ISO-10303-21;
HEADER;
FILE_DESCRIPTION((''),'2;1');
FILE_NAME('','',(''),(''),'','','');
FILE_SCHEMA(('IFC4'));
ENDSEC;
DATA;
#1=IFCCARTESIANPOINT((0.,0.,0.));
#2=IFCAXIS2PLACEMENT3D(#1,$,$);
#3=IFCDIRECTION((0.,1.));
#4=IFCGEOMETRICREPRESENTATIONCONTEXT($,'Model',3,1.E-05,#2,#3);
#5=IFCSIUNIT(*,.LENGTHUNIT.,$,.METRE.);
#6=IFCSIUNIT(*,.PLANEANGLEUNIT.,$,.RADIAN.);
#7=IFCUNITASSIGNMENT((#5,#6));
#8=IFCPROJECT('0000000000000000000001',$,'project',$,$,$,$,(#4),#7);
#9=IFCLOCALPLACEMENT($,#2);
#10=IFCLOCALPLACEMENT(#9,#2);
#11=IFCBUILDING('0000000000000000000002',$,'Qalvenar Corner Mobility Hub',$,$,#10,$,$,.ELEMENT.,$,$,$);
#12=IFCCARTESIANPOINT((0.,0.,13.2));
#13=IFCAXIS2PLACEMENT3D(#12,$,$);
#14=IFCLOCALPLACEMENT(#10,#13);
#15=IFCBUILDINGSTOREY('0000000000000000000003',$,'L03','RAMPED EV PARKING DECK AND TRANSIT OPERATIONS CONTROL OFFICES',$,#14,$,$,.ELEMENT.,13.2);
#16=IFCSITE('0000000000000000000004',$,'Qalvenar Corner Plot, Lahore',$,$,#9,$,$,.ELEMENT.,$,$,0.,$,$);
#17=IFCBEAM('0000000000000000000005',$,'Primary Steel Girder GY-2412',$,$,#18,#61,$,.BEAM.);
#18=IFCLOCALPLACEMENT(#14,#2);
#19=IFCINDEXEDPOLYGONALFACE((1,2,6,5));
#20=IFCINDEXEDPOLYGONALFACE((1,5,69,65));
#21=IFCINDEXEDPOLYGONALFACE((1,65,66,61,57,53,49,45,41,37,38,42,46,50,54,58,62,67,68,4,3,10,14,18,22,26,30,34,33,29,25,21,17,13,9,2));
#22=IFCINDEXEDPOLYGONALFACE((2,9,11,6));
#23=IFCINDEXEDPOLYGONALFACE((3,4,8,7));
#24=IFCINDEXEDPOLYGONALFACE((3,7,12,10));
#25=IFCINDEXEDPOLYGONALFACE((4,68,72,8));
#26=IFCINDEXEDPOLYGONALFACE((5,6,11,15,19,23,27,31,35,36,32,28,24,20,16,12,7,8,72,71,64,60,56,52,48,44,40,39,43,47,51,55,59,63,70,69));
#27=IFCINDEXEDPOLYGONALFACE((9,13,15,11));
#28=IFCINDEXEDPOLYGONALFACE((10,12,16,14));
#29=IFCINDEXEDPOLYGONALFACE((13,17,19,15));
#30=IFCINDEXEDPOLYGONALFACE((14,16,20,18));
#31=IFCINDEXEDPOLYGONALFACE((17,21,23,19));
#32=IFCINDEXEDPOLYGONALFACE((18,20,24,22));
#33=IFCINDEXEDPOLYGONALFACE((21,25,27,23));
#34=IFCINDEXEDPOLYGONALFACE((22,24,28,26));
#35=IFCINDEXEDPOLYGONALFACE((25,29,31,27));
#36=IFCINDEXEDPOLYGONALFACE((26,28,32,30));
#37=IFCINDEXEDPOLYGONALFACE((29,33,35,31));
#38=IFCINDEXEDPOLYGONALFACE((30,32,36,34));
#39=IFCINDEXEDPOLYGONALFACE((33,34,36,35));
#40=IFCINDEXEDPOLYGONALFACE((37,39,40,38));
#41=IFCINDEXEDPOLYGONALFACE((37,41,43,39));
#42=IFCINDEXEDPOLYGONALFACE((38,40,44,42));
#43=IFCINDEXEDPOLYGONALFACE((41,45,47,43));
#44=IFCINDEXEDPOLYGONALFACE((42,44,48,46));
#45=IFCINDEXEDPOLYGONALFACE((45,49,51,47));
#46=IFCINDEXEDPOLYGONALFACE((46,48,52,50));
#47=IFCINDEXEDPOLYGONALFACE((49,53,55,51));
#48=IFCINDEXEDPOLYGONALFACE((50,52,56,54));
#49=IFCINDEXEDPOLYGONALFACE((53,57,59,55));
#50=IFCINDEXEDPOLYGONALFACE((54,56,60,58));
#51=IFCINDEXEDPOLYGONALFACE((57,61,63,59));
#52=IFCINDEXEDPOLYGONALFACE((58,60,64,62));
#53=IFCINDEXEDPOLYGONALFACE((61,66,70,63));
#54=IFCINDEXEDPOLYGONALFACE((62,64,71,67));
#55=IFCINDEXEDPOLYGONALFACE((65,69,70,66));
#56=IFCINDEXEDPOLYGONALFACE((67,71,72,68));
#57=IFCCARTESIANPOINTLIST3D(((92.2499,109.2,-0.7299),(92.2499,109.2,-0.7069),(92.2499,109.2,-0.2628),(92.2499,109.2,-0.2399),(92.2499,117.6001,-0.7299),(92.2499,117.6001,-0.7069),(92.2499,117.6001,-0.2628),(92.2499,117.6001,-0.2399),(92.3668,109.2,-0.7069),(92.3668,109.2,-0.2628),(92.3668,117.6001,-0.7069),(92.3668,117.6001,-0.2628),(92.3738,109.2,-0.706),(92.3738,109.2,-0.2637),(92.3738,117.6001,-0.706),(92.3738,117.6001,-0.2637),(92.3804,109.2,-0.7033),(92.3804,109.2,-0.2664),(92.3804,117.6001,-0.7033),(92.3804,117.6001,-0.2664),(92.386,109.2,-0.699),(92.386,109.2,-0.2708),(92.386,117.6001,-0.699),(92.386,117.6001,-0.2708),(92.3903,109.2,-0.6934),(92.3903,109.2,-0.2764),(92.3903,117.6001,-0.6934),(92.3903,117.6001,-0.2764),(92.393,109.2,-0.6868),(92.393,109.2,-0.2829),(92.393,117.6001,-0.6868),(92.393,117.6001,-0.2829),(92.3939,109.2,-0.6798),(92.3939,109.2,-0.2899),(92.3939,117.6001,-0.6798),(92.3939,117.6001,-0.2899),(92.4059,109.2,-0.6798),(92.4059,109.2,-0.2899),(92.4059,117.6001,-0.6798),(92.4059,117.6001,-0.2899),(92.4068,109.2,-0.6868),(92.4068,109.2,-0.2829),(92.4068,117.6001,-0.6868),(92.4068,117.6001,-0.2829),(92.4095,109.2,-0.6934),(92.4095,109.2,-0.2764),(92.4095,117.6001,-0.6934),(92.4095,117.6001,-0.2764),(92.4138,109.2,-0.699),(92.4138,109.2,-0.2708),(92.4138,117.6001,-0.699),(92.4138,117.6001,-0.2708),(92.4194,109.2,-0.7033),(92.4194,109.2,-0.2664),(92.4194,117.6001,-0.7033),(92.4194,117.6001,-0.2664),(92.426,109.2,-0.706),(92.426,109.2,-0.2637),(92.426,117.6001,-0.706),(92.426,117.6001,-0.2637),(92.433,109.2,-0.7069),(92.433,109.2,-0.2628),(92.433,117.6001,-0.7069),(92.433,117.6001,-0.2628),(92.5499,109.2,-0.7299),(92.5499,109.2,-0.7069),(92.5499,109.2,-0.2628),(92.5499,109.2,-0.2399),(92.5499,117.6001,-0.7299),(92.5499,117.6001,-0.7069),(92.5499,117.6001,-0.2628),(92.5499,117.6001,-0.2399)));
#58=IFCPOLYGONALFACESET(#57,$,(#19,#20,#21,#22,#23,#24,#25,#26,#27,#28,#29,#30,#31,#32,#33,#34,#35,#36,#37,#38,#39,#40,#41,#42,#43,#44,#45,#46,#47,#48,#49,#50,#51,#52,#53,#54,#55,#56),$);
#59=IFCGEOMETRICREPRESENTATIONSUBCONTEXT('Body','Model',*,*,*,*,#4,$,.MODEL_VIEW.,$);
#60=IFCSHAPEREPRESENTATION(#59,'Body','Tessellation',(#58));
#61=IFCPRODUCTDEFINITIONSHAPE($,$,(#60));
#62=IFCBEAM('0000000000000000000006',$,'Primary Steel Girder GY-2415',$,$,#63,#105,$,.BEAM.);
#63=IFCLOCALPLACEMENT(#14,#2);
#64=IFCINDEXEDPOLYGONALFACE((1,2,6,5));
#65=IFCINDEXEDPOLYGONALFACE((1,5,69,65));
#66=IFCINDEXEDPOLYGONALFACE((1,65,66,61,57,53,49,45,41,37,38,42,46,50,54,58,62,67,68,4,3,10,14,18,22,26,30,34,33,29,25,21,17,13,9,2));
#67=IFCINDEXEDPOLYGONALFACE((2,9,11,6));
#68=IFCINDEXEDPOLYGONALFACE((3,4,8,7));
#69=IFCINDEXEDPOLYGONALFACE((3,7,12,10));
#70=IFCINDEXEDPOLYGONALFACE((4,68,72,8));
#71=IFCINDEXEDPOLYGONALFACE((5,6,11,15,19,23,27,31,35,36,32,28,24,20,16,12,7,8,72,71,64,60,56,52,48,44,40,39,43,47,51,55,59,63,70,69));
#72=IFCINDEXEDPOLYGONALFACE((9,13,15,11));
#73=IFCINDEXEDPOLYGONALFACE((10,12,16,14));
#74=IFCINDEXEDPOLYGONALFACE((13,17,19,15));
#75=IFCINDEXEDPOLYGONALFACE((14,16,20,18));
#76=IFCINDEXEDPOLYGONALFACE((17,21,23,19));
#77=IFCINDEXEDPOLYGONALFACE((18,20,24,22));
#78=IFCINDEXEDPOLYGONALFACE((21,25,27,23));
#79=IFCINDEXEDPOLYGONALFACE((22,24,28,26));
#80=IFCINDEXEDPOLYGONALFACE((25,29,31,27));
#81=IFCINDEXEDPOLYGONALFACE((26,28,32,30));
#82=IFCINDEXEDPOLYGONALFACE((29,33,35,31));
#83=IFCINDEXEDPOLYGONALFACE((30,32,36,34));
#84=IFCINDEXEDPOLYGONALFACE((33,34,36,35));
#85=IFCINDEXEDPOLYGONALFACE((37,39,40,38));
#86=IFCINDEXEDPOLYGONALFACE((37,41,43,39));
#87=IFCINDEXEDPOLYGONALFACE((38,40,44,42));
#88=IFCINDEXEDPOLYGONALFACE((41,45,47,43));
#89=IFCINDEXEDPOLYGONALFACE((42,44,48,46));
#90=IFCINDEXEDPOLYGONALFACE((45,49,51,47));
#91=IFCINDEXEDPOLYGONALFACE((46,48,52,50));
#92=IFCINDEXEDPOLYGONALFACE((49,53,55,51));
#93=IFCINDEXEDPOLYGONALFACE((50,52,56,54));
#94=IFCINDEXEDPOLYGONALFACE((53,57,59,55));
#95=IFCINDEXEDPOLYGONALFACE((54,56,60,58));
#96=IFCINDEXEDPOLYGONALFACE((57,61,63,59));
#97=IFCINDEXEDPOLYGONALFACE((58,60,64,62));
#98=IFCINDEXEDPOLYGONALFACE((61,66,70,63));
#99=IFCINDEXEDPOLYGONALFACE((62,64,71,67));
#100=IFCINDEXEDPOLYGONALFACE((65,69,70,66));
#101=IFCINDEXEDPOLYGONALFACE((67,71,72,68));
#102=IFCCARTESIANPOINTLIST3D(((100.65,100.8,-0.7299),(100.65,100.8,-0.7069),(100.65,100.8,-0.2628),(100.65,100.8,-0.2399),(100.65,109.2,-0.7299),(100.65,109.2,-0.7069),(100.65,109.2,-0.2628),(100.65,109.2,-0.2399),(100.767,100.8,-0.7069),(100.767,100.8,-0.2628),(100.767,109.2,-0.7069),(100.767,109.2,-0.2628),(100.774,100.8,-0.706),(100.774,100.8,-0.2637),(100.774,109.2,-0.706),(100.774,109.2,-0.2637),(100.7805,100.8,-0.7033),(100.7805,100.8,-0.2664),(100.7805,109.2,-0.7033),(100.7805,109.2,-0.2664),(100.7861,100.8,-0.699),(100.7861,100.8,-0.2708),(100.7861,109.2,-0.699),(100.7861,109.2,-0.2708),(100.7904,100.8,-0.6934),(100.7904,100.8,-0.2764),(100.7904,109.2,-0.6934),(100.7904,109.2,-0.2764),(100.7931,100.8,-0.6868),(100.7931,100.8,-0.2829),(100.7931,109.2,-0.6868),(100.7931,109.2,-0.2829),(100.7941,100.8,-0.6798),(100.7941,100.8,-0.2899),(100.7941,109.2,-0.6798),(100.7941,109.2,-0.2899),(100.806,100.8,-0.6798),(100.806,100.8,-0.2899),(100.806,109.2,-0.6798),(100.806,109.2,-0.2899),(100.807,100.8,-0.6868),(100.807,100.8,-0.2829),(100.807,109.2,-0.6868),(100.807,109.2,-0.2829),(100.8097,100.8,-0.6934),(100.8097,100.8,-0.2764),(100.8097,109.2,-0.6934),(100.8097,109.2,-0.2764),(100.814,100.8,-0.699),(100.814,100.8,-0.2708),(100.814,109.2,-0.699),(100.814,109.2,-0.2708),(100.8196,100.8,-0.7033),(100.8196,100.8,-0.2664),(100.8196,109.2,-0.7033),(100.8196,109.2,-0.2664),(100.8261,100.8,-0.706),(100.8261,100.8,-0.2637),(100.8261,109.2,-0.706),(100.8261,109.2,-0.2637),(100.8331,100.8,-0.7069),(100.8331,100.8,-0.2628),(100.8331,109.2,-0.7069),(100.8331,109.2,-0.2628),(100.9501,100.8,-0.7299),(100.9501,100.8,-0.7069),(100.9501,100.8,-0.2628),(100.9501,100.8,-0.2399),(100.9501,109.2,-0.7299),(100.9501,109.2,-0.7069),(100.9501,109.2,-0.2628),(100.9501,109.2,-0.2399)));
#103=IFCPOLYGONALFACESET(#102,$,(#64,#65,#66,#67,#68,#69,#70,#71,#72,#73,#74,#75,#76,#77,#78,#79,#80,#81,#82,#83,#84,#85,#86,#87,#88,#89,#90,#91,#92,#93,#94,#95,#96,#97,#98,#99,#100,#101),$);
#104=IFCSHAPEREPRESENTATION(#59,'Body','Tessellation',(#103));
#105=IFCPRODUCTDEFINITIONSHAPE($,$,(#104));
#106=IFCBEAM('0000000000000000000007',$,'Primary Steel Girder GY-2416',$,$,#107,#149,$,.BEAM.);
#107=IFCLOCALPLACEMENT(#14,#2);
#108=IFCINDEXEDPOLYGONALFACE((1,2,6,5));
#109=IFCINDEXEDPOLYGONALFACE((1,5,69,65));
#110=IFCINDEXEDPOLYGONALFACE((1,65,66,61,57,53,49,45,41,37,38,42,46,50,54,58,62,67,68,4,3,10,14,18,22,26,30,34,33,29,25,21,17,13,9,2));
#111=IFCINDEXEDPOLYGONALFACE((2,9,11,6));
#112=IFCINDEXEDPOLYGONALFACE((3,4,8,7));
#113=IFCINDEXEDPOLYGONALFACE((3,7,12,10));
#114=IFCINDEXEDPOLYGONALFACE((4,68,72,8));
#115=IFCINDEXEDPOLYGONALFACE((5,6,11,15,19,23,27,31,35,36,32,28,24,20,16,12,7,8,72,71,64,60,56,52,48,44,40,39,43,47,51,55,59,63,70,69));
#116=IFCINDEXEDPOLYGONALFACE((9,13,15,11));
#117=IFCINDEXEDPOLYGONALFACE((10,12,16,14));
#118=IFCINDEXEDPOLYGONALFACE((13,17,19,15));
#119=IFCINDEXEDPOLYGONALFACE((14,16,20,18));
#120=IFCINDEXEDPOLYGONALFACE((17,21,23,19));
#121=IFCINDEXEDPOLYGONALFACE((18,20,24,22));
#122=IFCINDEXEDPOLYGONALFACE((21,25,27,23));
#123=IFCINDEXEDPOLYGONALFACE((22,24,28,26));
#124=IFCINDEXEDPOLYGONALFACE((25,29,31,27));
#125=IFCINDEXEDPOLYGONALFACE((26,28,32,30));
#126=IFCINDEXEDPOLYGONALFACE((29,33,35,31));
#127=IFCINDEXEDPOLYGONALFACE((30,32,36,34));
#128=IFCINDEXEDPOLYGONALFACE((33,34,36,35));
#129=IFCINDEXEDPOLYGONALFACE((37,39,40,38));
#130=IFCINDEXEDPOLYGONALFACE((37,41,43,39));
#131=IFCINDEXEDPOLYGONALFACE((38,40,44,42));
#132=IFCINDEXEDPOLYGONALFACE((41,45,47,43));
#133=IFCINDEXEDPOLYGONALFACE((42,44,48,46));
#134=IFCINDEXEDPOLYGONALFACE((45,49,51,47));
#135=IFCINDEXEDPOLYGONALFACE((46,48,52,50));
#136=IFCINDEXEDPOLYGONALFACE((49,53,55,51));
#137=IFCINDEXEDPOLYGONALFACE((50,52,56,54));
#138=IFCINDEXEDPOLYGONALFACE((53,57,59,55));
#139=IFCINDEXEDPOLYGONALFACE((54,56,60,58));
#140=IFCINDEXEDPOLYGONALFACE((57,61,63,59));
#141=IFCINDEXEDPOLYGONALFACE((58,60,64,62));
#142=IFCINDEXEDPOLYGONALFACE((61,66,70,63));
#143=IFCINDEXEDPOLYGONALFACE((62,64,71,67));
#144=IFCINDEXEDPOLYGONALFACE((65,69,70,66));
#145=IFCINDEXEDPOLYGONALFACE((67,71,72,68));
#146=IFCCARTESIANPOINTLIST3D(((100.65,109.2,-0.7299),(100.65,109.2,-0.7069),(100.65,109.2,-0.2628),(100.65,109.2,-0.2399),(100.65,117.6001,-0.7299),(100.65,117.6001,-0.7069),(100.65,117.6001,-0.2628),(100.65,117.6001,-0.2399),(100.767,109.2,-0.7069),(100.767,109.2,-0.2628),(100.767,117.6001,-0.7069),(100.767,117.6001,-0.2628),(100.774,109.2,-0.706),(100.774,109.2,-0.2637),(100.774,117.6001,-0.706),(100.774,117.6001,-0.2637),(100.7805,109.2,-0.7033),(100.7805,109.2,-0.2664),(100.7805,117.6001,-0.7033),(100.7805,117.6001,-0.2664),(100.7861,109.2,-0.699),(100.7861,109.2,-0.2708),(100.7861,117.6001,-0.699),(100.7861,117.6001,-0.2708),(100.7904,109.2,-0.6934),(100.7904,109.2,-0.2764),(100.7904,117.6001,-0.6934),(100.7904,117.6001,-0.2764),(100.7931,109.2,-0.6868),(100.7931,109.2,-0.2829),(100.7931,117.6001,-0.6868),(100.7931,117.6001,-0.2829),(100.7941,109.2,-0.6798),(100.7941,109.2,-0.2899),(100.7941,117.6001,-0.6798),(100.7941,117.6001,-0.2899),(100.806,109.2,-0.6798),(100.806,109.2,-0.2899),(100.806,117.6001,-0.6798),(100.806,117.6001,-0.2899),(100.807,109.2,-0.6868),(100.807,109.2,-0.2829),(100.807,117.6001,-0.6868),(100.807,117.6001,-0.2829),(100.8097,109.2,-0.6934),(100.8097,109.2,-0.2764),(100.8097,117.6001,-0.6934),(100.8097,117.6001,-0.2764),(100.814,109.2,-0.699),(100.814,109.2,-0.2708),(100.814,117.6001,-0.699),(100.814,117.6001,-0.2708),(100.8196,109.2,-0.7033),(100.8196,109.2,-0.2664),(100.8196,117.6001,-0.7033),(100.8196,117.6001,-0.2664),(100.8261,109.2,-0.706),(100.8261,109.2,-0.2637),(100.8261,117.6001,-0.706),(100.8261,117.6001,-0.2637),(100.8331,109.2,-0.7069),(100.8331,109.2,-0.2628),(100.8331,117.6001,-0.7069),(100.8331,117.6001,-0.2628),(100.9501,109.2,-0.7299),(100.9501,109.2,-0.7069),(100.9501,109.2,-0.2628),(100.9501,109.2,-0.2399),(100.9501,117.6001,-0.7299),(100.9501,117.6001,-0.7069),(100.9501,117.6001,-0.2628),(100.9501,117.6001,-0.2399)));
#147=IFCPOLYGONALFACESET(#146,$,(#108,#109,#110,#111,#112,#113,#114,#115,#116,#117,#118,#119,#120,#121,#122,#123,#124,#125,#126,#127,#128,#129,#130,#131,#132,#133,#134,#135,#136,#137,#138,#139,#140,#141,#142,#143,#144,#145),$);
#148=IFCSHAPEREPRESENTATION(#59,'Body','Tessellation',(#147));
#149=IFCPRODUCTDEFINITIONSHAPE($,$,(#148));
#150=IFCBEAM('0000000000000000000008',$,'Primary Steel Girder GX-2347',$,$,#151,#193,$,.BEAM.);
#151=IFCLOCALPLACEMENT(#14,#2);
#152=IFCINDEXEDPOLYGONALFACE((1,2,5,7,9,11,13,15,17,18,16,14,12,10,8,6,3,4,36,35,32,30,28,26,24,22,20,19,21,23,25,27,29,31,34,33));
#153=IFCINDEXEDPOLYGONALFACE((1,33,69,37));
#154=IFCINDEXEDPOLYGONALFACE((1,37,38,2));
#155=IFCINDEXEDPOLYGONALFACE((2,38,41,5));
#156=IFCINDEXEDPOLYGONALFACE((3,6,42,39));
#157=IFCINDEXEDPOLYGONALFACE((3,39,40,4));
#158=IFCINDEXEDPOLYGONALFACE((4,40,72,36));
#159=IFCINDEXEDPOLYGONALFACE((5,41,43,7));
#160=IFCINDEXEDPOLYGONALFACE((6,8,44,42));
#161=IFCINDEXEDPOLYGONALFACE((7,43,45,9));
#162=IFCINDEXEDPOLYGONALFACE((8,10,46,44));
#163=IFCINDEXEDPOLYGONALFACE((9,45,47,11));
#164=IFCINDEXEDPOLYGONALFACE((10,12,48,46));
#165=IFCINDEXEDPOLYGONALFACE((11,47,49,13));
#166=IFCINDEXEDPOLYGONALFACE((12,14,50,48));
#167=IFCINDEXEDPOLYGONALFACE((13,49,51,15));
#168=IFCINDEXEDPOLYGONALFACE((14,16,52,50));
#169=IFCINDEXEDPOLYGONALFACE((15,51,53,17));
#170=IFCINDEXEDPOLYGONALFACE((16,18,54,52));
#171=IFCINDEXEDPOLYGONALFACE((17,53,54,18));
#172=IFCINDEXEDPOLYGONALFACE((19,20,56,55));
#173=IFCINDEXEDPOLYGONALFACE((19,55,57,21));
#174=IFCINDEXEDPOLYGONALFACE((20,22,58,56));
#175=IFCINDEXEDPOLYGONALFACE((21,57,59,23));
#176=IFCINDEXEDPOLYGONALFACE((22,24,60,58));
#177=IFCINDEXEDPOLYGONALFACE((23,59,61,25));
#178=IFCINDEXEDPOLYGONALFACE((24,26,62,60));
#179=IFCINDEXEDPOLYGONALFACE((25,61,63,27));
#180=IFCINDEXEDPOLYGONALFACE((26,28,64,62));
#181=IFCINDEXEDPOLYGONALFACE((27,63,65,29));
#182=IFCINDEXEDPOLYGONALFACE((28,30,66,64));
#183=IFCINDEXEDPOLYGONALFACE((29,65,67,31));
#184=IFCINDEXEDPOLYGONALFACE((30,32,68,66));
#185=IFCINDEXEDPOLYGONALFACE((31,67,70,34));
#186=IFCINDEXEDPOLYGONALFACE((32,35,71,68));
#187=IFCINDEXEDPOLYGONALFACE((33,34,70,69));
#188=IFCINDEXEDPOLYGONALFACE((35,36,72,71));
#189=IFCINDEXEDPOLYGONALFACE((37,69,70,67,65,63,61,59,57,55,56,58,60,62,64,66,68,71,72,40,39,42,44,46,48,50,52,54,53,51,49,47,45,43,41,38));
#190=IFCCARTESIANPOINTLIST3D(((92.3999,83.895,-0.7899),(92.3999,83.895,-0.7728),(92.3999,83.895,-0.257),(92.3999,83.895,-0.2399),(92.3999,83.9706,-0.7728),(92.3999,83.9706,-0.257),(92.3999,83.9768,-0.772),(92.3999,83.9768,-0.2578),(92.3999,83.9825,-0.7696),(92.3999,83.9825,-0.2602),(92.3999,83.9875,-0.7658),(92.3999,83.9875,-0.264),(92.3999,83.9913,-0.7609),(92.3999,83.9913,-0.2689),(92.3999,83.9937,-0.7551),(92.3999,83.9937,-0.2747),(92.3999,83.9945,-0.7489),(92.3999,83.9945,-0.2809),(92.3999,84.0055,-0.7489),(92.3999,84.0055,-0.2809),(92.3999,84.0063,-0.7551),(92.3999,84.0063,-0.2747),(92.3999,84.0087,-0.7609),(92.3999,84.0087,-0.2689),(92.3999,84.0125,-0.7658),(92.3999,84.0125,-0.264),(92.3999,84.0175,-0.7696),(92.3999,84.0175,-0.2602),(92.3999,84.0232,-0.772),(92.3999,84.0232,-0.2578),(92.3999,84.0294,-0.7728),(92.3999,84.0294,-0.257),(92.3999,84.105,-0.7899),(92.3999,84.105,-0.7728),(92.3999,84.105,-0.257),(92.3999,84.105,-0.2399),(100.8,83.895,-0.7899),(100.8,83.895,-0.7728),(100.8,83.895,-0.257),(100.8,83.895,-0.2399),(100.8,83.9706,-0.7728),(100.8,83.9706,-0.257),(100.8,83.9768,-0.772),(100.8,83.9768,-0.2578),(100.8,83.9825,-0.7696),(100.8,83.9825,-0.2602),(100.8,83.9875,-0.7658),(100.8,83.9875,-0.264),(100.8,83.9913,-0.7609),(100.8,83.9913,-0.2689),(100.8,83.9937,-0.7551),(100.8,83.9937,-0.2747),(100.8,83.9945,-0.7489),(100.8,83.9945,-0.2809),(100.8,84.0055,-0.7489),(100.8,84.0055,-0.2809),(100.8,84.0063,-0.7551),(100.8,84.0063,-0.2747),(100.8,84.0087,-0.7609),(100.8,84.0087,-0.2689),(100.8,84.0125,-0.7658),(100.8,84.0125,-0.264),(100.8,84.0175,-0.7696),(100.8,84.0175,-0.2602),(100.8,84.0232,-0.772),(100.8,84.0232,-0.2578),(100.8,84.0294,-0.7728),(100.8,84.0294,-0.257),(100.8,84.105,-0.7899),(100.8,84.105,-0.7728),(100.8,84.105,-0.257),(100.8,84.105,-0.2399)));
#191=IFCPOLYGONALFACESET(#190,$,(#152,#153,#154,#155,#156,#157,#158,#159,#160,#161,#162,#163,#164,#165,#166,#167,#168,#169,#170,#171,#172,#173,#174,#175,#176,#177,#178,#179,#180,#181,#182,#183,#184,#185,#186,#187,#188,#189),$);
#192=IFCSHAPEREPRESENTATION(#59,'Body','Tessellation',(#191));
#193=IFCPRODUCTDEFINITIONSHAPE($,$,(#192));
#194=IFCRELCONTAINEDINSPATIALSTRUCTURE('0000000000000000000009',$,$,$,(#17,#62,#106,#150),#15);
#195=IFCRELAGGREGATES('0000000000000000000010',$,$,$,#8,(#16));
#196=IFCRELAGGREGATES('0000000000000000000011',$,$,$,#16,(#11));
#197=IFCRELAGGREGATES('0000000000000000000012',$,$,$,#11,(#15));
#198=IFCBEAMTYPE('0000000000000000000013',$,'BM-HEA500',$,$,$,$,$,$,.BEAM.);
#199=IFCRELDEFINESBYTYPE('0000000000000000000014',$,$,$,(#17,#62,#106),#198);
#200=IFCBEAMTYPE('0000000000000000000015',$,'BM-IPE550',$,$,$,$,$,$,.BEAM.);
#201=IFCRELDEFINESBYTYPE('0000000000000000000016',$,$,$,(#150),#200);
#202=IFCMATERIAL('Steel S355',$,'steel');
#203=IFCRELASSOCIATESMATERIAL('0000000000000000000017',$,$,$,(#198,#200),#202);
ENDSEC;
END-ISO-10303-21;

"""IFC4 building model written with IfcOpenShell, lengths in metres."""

from ifc_helpers import new_model, si_unit, direction, frame, origin, origin_2d, place, context, subcontext, project, spatial, i_section, extrude, material, material_profile, profile_set, type_object, element, save


model = new_model("IFC4")

# Units and contexts
model_context = context("Model", 3, precision=1e-05, world=origin(), true_north=direction((0.0, 1.0)))
body_context = subcontext(model_context, "Body", "Model", "MODEL_VIEW")
ifc_project = project(units=[si_unit("LENGTHUNIT", "METRE"), si_unit("PLANEANGLEUNIT", "RADIAN")], contexts=[model_context])

# Site, building, storey
site_placement = place(None, origin())
site = spatial("IfcSite", under=ifc_project, at=site_placement, Name="Qalvenar Corner Plot, Lahore", CompositionType="ELEMENT", RefElevation=0.0)
building_placement = place(site_placement, origin())
building = spatial("IfcBuilding", under=site, at=building_placement, Name="Qalvenar Corner Mobility Hub", CompositionType="ELEMENT")
storey_placement = place(building_placement, frame((0.0, 0.0, 13.2)))
storey = spatial("IfcBuildingStorey", under=building, at=storey_placement, Name="L03", Description="RAMPED EV PARKING DECK AND TRANSIT OPERATIONS CONTROL OFFICES", CompositionType="ELEMENT", Elevation=13.2)

# Shared definitions
ifc_material = material(Name="Steel S355", Category="steel")

# Beams
ifc_material_profile_1 = material_profile(ifc_material, i_section(OverallWidth=0.3, OverallDepth=0.49, WebThickness=0.012, FlangeThickness=0.0229, FilletRadius=0.0271, at=origin_2d()), Name="HEA500")
ifc_profile_set_1 = profile_set([ifc_material_profile_1], Name="Steel S355")
beam_type_1 = type_object("IfcBeamType", Name="BM-HEA500", PredefinedType="BEAM", material=ifc_profile_set_1)
beam_1_placement = place(storey_placement, frame((92.3999, 109.2, -0.4849), z_axis=(0.0, 1.0, 0.0), x_axis=(-1.0, 0.0, 0.0)))
element("IfcBeam", 1, at=beam_1_placement, inside=storey, type_object=beam_type_1, Name="Primary Steel Girder GY-2412", PredefinedType="BEAM", context=body_context, shape_type="SweptSolid", body=[
    extrude(i_section(OverallWidth=0.3, OverallDepth=0.49, WebThickness=0.012, FlangeThickness=0.0229, FilletRadius=0.0271, at=origin_2d()), origin(), (0.0, 0.0, 1.0), 8.4001),
])
beam_2_placement = place(storey_placement, frame((100.8, 100.8, -0.4849), z_axis=(0.0, 1.0, 0.0), x_axis=(-1.0, 0.0, 0.0)))
element("IfcBeam", 2, at=beam_2_placement, inside=storey, type_object=beam_type_1, Name="Primary Steel Girder GY-2415", PredefinedType="BEAM", context=body_context, shape_type="SweptSolid", body=[
    extrude(i_section(OverallWidth=0.3, OverallDepth=0.49, WebThickness=0.012, FlangeThickness=0.0229, FilletRadius=0.0271, at=origin_2d()), origin(), (0.0, 0.0, 1.0), 8.3999),
])
beam_3_placement = place(storey_placement, frame((100.8, 109.2, -0.4849), z_axis=(0.0, 1.0, 0.0), x_axis=(-1.0, 0.0, 0.0)))
element("IfcBeam", 3, at=beam_3_placement, inside=storey, type_object=beam_type_1, Name="Primary Steel Girder GY-2416", PredefinedType="BEAM", context=body_context, shape_type="SweptSolid", body=[
    extrude(i_section(OverallWidth=0.3, OverallDepth=0.49, WebThickness=0.012, FlangeThickness=0.0229, FilletRadius=0.0271, at=origin_2d()), origin(), (0.0, 0.0, 1.0), 8.4001),
])
ifc_material_profile_2 = material_profile(ifc_material, i_section(OverallWidth=0.21, OverallDepth=0.55, WebThickness=0.011, FlangeThickness=0.0171, FilletRadius=0.0239, at=origin_2d()), Name="IPE550")
ifc_profile_set_2 = profile_set([ifc_material_profile_2], Name="Steel S355")
beam_type_2 = type_object("IfcBeamType", Name="BM-IPE550", PredefinedType="BEAM", material=ifc_profile_set_2)
beam_4_placement = place(storey_placement, frame((92.3999, 84.0, -0.5149), z_axis=(1.0, 0.0, 0.0), x_axis=(0.0, 1.0, 0.0)))
element("IfcBeam", 4, at=beam_4_placement, inside=storey, type_object=beam_type_2, Name="Primary Steel Girder GX-2347", PredefinedType="BEAM", context=body_context, shape_type="SweptSolid", body=[
    extrude(i_section(OverallWidth=0.21, OverallDepth=0.55, WebThickness=0.011, FlangeThickness=0.0171, FilletRadius=0.0239, at=origin_2d()), origin(), (0.0, 0.0, 1.0), 8.4001),
])

save(model, "model.ifc")
